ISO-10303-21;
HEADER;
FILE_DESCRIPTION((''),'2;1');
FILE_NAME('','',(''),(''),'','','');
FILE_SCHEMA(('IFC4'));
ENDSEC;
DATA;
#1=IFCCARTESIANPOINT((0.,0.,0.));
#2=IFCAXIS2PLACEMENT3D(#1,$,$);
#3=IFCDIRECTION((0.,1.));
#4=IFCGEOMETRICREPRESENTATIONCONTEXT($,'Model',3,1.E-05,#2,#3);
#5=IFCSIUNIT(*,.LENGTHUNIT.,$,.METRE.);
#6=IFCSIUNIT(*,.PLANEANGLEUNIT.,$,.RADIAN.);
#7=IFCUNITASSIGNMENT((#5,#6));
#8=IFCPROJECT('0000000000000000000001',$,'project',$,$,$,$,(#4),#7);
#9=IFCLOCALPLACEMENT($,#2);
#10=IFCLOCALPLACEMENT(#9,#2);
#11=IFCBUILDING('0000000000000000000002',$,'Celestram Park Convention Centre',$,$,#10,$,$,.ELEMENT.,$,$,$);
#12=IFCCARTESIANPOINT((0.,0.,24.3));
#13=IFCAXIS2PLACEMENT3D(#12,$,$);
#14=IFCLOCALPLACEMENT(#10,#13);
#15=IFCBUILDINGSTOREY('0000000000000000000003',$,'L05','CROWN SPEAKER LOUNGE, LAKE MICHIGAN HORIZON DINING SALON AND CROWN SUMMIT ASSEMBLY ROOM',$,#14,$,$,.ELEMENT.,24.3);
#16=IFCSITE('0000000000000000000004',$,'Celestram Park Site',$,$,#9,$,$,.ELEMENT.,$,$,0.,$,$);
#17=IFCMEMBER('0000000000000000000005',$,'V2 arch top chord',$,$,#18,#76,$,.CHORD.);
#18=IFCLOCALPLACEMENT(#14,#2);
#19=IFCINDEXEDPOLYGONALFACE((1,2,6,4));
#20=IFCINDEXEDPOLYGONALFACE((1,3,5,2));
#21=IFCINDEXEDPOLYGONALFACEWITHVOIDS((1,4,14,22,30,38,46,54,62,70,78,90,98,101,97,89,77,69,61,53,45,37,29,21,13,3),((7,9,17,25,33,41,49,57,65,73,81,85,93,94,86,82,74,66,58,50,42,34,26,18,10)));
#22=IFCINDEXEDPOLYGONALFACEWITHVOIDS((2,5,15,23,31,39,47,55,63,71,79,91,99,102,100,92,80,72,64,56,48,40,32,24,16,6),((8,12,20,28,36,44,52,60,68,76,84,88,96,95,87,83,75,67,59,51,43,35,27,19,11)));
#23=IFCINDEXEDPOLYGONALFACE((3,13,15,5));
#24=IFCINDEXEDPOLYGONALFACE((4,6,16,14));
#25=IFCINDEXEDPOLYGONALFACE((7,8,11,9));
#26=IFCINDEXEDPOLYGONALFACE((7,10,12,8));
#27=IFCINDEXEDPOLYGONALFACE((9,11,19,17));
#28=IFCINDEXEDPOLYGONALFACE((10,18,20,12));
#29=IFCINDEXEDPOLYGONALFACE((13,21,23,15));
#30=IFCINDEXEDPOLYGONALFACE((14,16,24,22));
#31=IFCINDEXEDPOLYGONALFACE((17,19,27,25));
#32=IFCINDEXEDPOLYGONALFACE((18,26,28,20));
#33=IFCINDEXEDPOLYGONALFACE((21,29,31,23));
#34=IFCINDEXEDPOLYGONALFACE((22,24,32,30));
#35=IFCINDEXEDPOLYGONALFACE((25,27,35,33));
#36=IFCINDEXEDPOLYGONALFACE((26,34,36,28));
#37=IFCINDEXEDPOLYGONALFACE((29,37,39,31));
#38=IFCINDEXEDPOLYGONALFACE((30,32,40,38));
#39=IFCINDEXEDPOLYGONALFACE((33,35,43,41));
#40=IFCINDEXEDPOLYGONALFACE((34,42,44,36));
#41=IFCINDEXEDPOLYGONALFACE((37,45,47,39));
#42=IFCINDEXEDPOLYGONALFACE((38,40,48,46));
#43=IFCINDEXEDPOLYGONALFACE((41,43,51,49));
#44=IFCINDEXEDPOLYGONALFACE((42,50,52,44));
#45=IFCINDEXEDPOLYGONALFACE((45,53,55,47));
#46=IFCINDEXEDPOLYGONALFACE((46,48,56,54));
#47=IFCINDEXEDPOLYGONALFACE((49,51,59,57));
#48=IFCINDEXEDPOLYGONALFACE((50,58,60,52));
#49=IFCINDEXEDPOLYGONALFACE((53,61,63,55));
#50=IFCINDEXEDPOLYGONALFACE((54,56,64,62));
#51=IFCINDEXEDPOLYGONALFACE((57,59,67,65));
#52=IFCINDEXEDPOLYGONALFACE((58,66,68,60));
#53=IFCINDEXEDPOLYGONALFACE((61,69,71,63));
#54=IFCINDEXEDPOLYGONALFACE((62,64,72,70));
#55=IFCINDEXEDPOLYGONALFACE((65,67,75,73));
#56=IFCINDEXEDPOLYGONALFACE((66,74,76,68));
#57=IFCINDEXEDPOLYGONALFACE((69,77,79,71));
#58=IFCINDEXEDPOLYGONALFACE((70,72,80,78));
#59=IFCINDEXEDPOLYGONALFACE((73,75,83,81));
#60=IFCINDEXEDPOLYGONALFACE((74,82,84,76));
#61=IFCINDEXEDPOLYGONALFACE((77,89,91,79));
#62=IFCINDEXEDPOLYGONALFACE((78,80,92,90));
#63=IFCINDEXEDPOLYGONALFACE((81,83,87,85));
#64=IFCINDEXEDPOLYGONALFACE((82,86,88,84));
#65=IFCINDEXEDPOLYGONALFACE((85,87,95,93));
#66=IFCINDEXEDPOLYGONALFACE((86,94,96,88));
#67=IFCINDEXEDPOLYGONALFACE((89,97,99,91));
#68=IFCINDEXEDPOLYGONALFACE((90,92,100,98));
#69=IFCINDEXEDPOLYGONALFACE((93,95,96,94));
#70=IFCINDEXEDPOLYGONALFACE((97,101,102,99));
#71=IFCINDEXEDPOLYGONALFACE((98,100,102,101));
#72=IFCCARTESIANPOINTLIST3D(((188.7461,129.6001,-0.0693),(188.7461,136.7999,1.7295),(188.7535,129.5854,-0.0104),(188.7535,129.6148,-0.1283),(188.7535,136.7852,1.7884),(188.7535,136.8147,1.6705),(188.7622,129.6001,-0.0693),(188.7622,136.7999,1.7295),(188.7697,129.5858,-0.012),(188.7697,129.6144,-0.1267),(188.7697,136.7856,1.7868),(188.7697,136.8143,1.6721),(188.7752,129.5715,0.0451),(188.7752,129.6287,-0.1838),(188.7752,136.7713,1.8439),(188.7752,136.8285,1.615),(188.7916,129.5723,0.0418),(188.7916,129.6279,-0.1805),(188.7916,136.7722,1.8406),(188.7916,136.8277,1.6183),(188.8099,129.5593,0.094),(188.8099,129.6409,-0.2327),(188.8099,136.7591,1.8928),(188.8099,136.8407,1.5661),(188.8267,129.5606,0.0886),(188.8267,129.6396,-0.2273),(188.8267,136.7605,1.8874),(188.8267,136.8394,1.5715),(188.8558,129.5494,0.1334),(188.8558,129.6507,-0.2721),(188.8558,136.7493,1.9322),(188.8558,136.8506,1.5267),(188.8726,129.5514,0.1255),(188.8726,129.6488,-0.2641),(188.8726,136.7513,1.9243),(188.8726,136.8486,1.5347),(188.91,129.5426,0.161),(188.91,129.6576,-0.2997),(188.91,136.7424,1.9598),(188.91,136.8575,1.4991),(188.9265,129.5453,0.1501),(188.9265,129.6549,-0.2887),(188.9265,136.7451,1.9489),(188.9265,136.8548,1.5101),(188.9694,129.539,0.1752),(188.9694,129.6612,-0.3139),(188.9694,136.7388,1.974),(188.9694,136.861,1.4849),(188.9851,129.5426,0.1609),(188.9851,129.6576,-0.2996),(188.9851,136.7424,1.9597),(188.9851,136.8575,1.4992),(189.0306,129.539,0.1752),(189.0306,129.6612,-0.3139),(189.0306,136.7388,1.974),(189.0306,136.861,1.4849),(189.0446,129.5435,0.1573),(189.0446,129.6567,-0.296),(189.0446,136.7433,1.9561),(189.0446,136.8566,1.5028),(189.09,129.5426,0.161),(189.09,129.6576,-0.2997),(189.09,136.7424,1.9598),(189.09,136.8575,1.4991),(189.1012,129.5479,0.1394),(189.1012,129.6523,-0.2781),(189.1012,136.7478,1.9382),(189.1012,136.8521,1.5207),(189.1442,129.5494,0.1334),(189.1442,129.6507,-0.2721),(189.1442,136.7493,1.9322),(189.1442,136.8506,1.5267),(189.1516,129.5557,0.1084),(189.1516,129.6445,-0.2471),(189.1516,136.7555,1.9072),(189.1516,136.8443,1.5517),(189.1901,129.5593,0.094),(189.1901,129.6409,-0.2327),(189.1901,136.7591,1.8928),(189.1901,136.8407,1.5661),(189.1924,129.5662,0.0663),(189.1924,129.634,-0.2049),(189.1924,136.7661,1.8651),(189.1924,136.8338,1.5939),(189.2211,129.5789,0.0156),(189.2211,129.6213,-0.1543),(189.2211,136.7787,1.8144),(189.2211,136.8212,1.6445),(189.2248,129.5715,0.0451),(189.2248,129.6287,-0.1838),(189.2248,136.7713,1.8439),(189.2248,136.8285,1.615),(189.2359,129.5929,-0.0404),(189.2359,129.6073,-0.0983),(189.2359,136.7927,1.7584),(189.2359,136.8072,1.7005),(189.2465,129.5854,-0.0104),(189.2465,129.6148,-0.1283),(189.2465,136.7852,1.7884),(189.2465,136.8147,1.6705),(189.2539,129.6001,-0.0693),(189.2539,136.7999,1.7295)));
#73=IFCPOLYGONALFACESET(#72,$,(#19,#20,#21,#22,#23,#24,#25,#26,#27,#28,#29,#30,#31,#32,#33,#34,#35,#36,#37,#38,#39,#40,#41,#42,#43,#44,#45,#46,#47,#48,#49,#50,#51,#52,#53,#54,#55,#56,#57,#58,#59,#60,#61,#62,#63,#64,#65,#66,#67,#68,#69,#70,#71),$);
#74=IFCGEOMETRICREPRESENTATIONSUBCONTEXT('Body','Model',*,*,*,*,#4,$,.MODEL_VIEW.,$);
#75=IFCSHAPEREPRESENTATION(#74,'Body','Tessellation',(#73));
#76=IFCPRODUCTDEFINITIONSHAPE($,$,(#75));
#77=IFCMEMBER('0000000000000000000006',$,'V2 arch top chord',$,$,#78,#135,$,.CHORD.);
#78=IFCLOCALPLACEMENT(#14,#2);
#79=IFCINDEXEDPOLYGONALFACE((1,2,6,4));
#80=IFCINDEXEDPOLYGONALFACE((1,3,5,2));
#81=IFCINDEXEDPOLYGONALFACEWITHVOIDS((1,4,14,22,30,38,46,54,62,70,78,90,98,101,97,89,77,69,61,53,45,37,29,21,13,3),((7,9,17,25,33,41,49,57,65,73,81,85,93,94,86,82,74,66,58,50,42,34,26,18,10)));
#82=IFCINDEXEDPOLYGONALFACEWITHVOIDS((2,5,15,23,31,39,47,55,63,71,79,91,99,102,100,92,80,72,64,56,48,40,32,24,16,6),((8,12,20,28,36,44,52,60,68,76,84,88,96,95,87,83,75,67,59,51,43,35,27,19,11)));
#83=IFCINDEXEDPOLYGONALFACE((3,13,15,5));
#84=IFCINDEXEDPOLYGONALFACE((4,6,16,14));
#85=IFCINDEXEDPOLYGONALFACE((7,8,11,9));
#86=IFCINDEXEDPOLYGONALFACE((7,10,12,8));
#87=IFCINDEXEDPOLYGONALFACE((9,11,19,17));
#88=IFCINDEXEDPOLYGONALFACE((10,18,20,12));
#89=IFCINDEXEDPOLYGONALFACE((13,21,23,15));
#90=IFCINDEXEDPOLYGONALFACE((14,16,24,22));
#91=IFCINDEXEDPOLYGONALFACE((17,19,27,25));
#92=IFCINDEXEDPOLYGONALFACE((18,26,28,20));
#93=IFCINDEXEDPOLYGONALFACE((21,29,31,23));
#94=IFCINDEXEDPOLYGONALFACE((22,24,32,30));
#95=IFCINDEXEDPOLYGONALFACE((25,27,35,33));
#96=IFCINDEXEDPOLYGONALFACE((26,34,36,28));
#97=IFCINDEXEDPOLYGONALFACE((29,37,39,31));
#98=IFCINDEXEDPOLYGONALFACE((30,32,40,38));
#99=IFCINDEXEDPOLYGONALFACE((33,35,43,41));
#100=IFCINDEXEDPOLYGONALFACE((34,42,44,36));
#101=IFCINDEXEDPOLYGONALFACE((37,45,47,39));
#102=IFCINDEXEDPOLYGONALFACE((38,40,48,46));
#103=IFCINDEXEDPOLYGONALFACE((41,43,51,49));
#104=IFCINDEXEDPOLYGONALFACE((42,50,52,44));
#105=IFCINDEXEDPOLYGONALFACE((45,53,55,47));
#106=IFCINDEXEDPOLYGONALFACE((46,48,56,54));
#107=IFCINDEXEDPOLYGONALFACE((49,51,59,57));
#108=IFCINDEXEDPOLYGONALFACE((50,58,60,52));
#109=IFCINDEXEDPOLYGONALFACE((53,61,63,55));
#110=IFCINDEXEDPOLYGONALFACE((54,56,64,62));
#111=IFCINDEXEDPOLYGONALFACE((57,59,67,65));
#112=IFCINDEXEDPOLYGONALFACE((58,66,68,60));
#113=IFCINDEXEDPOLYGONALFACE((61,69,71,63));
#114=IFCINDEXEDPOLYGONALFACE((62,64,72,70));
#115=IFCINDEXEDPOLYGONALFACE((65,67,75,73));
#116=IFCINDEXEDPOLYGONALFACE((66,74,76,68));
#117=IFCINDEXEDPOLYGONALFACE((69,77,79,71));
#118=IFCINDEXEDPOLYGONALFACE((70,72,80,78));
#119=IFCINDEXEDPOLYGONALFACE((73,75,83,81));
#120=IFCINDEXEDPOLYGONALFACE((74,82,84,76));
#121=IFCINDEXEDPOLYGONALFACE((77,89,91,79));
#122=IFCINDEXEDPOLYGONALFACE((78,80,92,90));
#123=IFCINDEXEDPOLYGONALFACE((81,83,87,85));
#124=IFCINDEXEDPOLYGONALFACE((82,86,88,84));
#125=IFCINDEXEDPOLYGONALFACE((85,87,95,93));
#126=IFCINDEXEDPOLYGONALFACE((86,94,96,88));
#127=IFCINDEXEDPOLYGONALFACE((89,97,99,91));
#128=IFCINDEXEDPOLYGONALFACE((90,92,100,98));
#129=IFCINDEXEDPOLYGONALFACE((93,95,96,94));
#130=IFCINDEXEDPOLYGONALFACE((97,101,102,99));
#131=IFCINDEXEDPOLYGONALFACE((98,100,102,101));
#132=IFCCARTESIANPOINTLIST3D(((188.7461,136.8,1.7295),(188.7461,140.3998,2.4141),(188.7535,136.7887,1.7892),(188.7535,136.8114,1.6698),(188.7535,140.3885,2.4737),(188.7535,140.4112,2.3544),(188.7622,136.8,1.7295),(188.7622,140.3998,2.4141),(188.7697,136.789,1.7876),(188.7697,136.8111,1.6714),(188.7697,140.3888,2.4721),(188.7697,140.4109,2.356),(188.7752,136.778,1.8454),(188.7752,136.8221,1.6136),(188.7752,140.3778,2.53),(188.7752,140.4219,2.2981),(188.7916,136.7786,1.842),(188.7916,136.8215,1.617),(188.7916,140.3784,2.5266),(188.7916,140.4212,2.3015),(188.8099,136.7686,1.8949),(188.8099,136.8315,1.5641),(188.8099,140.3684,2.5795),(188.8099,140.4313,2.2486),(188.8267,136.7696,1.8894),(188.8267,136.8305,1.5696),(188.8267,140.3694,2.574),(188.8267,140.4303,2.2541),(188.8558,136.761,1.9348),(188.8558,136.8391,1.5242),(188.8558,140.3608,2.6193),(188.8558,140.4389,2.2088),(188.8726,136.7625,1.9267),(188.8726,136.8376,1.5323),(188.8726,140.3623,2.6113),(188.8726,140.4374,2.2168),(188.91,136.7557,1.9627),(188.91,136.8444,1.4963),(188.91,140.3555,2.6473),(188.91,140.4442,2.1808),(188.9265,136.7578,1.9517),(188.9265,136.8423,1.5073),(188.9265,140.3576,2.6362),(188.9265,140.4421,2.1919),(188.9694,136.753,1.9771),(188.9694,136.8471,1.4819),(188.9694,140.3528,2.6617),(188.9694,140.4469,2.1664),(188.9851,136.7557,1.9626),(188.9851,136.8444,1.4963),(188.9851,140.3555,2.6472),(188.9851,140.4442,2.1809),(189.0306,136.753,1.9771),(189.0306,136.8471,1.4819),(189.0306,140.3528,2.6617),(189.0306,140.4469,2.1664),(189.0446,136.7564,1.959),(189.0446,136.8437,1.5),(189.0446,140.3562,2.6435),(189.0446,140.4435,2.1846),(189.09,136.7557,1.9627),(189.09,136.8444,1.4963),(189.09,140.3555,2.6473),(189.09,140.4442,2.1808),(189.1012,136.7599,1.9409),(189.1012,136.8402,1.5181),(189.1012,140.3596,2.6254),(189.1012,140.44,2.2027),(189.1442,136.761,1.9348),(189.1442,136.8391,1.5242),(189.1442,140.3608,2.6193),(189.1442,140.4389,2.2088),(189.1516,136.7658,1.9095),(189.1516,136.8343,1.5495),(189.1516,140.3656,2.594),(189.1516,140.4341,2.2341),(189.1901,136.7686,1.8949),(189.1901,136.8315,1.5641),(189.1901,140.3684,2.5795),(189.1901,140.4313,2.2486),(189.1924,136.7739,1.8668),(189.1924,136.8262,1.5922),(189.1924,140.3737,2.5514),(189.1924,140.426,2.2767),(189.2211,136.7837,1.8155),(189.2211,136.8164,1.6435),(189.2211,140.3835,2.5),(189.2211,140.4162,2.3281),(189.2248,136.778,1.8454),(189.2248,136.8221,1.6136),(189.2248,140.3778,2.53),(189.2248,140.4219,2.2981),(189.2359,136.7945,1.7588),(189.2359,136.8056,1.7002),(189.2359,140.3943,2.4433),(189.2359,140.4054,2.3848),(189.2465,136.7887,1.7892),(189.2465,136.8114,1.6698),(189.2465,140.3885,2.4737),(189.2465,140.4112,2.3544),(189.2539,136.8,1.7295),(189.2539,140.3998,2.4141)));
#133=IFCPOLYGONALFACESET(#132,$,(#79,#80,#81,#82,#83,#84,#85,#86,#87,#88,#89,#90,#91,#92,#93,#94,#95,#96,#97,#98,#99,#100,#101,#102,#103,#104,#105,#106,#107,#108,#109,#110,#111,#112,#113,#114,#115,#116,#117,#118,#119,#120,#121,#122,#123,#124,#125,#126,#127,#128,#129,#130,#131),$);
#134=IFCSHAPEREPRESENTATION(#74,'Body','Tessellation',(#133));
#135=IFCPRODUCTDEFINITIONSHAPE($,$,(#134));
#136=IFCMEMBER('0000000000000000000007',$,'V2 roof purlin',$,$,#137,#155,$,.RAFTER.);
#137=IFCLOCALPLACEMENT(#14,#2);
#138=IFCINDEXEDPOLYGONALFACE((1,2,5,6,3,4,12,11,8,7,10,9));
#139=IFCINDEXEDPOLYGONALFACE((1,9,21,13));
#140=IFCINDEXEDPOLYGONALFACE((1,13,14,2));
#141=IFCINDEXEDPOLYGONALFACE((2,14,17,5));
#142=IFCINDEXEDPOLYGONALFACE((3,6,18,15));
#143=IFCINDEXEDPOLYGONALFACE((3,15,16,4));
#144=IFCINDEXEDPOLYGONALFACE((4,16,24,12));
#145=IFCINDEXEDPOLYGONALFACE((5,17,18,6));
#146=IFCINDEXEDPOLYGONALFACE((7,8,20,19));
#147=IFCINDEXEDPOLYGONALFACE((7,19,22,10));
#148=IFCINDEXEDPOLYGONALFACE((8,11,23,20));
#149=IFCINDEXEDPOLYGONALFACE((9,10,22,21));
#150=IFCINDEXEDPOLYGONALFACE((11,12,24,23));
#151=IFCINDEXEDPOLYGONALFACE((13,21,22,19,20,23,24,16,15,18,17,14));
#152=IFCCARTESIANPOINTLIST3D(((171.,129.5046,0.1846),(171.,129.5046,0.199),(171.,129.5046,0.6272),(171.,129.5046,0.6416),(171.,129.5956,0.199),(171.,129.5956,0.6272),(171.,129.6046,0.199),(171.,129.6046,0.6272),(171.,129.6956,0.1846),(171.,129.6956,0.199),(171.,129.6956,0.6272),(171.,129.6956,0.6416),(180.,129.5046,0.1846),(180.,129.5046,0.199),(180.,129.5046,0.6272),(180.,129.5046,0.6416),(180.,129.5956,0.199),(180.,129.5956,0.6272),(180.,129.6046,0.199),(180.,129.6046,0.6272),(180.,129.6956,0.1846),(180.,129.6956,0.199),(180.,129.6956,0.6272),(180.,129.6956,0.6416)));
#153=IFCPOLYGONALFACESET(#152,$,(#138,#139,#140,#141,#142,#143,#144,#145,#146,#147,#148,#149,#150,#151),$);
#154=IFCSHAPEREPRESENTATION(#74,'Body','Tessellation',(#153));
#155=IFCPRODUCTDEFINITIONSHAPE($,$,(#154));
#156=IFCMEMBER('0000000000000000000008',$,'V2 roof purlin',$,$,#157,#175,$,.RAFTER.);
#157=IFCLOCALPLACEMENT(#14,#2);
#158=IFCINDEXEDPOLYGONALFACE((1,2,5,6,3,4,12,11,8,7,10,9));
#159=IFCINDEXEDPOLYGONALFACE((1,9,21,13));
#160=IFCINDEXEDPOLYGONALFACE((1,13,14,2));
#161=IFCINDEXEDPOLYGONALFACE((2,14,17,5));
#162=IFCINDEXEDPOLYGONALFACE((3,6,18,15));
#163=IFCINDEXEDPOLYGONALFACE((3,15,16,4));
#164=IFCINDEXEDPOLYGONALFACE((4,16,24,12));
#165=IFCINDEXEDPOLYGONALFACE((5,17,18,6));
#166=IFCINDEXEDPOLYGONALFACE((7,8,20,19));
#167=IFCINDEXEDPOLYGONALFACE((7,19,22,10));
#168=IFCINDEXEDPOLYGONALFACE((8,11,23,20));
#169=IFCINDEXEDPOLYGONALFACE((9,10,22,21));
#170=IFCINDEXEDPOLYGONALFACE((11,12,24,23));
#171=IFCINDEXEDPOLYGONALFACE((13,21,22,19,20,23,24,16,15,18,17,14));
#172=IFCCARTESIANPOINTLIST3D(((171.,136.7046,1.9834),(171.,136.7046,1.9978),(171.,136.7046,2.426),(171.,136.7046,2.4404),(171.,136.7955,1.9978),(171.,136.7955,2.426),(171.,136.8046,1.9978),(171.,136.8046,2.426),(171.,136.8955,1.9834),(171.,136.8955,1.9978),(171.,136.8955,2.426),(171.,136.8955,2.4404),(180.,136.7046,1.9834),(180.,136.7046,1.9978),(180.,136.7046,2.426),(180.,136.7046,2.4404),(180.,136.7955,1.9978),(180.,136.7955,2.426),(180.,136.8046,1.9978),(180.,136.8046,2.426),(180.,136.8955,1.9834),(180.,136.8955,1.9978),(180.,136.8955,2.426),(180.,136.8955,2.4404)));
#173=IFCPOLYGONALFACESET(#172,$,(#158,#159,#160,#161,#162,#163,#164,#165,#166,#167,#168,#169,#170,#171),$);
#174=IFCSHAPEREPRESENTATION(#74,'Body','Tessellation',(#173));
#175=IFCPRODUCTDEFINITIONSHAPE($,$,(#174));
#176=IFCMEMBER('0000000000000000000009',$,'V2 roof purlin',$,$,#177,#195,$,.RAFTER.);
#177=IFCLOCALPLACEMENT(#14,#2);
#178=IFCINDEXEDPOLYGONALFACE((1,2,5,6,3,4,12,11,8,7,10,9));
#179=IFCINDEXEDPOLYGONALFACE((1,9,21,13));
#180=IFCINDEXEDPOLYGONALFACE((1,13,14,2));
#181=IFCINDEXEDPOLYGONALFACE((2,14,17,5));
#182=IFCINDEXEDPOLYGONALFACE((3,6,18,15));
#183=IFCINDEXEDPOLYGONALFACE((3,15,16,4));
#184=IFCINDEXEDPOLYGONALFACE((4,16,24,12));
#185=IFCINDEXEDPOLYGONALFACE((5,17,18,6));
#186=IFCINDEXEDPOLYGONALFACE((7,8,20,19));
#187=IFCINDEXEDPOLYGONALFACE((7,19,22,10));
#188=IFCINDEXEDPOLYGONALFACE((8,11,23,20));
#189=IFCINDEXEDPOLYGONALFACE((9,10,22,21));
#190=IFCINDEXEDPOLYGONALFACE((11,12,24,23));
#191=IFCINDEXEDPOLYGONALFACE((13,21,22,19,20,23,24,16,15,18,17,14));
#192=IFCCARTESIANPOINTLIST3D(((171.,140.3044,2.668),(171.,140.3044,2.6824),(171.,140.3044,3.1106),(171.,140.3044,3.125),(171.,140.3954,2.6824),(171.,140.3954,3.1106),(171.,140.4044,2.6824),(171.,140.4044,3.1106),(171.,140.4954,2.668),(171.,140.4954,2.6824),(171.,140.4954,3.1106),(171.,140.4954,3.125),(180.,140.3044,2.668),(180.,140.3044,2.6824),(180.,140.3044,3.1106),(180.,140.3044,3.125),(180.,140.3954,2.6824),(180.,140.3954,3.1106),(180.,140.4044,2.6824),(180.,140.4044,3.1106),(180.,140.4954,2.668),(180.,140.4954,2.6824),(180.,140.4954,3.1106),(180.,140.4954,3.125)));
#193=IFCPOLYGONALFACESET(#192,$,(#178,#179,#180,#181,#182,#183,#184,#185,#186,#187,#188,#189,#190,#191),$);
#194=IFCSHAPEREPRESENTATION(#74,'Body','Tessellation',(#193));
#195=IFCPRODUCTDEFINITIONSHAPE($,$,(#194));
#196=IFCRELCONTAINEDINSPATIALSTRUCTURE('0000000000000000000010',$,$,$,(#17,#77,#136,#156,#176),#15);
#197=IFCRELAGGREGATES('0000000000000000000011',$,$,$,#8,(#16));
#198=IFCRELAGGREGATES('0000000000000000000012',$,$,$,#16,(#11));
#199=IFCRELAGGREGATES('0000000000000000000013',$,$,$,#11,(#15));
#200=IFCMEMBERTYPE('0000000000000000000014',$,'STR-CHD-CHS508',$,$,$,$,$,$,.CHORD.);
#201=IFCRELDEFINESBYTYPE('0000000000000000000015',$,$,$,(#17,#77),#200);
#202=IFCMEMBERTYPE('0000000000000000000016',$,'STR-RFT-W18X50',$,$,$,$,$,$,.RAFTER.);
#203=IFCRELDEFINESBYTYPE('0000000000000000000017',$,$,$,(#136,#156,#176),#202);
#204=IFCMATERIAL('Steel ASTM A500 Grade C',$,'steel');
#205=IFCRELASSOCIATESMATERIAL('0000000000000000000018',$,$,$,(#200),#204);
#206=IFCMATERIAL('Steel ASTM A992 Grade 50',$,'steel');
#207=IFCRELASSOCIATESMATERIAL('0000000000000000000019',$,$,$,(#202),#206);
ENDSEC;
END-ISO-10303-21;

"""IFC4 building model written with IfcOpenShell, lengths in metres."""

from ifc_helpers import new_model, si_unit, direction, frame, origin, origin_2d, place, context, subcontext, project, spatial, hollow_circle, i_section, extrude, material, material_profile, profile_set, type_object, element, save


model = new_model("IFC4")

# Units and contexts
model_context = context("Model", 3, precision=1e-05, world=origin(), true_north=direction((0.0, 1.0)))
body_context = subcontext(model_context, "Body", "Model", "MODEL_VIEW")
ifc_project = project(units=[si_unit("LENGTHUNIT", "METRE"), si_unit("PLANEANGLEUNIT", "RADIAN")], contexts=[model_context])

# Site, building, storey
site_placement = place(None, origin())
site = spatial("IfcSite", under=ifc_project, at=site_placement, Name="Celestram Park Site", CompositionType="ELEMENT", RefElevation=0.0)
building_placement = place(site_placement, origin())
building = spatial("IfcBuilding", under=site, at=building_placement, Name="Celestram Park Convention Centre", CompositionType="ELEMENT")
storey_placement = place(building_placement, frame((0.0, 0.0, 24.3)))
storey = spatial("IfcBuildingStorey", under=building, at=storey_placement, Name="L05", Description="CROWN SPEAKER LOUNGE, LAKE MICHIGAN HORIZON DINING SALON AND CROWN SUMMIT ASSEMBLY ROOM", CompositionType="ELEMENT", Elevation=24.3)

# Members
ifc_material_1 = material(Name="Steel ASTM A500 Grade C", Category="steel")
ifc_material_profile_1 = material_profile(ifc_material_1, hollow_circle(Radius=0.2539, WallThickness=0.0161, at=origin_2d()), Name="CHS508X16")
ifc_profile_set_1 = profile_set([ifc_material_profile_1], Name="Steel ASTM A500 Grade C")
member_type_1 = type_object("IfcMemberType", Name="STR-CHD-CHS508", PredefinedType="CHORD", material=ifc_profile_set_1)
member_1_placement = place(storey_placement, frame((189.0, 129.6001, -0.0693), z_axis=(0.0, 0.970179, 0.242389), x_axis=(-1.0, 0.0, 0.0)))
element("IfcMember", 1, at=member_1_placement, inside=storey, type_object=member_type_1, Name="V2 arch top chord", PredefinedType="CHORD", context=body_context, shape_type="SweptSolid", body=[
    extrude(hollow_circle(Radius=0.2539, WallThickness=0.0161, at=origin_2d()), origin(), (0.0, 0.0, 1.0), 7.4211),
])
member_2_placement = place(storey_placement, frame((189.0, 136.8, 1.7295), z_axis=(0.0, 0.982395, 0.186818), x_axis=(-1.0, 0.0, 0.0)))
element("IfcMember", 2, at=member_2_placement, inside=storey, type_object=member_type_1, Name="V2 arch top chord", PredefinedType="CHORD", context=body_context, shape_type="SweptSolid", body=[
    extrude(hollow_circle(Radius=0.2539, WallThickness=0.0161, at=origin_2d()), origin(), (0.0, 0.0, 1.0), 3.6643),
])
ifc_material_2 = material(Name="Steel ASTM A992 Grade 50", Category="steel")
ifc_material_profile_2 = material_profile(ifc_material_2, i_section(OverallWidth=0.1909, OverallDepth=0.457, WebThickness=0.009, FlangeThickness=0.0144, at=origin_2d()), Name="W18X50")
ifc_profile_set_2 = profile_set([ifc_material_profile_2], Name="Steel ASTM A992 Grade 50")
member_type_2 = type_object("IfcMemberType", Name="STR-RFT-W18X50", PredefinedType="RAFTER", material=ifc_profile_set_2)
for number, where, z_axis, x_axis, name in (
    (3, (171.0, 129.6001, 0.4131), (1.0, 0.0, 0.0), (0.0, 1.0, 0.0), "V2 roof purlin"),
    (4, (171.0, 136.8, 2.2119), (1.0, 0.0, 0.0), (0.0, 1.0, 0.0), "V2 roof purlin"),
    (5, (171.0, 140.3999, 2.8965), (1.0, 0.0, 0.0), (0.0, 1.0, 0.0), "V2 roof purlin"),
):
    element("IfcMember", number, at=place(storey_placement, frame(where, z_axis=z_axis, x_axis=x_axis)), inside=storey, type_object=member_type_2, Name=name, PredefinedType="RAFTER", context=body_context, shape_type="SweptSolid", body=[
        extrude(i_section(OverallWidth=0.1909, OverallDepth=0.457, WebThickness=0.009, FlangeThickness=0.0144, at=origin_2d()), origin(), (0.0, 0.0, 1.0), 9.0),
    ])

save(model, "model.ifc")
